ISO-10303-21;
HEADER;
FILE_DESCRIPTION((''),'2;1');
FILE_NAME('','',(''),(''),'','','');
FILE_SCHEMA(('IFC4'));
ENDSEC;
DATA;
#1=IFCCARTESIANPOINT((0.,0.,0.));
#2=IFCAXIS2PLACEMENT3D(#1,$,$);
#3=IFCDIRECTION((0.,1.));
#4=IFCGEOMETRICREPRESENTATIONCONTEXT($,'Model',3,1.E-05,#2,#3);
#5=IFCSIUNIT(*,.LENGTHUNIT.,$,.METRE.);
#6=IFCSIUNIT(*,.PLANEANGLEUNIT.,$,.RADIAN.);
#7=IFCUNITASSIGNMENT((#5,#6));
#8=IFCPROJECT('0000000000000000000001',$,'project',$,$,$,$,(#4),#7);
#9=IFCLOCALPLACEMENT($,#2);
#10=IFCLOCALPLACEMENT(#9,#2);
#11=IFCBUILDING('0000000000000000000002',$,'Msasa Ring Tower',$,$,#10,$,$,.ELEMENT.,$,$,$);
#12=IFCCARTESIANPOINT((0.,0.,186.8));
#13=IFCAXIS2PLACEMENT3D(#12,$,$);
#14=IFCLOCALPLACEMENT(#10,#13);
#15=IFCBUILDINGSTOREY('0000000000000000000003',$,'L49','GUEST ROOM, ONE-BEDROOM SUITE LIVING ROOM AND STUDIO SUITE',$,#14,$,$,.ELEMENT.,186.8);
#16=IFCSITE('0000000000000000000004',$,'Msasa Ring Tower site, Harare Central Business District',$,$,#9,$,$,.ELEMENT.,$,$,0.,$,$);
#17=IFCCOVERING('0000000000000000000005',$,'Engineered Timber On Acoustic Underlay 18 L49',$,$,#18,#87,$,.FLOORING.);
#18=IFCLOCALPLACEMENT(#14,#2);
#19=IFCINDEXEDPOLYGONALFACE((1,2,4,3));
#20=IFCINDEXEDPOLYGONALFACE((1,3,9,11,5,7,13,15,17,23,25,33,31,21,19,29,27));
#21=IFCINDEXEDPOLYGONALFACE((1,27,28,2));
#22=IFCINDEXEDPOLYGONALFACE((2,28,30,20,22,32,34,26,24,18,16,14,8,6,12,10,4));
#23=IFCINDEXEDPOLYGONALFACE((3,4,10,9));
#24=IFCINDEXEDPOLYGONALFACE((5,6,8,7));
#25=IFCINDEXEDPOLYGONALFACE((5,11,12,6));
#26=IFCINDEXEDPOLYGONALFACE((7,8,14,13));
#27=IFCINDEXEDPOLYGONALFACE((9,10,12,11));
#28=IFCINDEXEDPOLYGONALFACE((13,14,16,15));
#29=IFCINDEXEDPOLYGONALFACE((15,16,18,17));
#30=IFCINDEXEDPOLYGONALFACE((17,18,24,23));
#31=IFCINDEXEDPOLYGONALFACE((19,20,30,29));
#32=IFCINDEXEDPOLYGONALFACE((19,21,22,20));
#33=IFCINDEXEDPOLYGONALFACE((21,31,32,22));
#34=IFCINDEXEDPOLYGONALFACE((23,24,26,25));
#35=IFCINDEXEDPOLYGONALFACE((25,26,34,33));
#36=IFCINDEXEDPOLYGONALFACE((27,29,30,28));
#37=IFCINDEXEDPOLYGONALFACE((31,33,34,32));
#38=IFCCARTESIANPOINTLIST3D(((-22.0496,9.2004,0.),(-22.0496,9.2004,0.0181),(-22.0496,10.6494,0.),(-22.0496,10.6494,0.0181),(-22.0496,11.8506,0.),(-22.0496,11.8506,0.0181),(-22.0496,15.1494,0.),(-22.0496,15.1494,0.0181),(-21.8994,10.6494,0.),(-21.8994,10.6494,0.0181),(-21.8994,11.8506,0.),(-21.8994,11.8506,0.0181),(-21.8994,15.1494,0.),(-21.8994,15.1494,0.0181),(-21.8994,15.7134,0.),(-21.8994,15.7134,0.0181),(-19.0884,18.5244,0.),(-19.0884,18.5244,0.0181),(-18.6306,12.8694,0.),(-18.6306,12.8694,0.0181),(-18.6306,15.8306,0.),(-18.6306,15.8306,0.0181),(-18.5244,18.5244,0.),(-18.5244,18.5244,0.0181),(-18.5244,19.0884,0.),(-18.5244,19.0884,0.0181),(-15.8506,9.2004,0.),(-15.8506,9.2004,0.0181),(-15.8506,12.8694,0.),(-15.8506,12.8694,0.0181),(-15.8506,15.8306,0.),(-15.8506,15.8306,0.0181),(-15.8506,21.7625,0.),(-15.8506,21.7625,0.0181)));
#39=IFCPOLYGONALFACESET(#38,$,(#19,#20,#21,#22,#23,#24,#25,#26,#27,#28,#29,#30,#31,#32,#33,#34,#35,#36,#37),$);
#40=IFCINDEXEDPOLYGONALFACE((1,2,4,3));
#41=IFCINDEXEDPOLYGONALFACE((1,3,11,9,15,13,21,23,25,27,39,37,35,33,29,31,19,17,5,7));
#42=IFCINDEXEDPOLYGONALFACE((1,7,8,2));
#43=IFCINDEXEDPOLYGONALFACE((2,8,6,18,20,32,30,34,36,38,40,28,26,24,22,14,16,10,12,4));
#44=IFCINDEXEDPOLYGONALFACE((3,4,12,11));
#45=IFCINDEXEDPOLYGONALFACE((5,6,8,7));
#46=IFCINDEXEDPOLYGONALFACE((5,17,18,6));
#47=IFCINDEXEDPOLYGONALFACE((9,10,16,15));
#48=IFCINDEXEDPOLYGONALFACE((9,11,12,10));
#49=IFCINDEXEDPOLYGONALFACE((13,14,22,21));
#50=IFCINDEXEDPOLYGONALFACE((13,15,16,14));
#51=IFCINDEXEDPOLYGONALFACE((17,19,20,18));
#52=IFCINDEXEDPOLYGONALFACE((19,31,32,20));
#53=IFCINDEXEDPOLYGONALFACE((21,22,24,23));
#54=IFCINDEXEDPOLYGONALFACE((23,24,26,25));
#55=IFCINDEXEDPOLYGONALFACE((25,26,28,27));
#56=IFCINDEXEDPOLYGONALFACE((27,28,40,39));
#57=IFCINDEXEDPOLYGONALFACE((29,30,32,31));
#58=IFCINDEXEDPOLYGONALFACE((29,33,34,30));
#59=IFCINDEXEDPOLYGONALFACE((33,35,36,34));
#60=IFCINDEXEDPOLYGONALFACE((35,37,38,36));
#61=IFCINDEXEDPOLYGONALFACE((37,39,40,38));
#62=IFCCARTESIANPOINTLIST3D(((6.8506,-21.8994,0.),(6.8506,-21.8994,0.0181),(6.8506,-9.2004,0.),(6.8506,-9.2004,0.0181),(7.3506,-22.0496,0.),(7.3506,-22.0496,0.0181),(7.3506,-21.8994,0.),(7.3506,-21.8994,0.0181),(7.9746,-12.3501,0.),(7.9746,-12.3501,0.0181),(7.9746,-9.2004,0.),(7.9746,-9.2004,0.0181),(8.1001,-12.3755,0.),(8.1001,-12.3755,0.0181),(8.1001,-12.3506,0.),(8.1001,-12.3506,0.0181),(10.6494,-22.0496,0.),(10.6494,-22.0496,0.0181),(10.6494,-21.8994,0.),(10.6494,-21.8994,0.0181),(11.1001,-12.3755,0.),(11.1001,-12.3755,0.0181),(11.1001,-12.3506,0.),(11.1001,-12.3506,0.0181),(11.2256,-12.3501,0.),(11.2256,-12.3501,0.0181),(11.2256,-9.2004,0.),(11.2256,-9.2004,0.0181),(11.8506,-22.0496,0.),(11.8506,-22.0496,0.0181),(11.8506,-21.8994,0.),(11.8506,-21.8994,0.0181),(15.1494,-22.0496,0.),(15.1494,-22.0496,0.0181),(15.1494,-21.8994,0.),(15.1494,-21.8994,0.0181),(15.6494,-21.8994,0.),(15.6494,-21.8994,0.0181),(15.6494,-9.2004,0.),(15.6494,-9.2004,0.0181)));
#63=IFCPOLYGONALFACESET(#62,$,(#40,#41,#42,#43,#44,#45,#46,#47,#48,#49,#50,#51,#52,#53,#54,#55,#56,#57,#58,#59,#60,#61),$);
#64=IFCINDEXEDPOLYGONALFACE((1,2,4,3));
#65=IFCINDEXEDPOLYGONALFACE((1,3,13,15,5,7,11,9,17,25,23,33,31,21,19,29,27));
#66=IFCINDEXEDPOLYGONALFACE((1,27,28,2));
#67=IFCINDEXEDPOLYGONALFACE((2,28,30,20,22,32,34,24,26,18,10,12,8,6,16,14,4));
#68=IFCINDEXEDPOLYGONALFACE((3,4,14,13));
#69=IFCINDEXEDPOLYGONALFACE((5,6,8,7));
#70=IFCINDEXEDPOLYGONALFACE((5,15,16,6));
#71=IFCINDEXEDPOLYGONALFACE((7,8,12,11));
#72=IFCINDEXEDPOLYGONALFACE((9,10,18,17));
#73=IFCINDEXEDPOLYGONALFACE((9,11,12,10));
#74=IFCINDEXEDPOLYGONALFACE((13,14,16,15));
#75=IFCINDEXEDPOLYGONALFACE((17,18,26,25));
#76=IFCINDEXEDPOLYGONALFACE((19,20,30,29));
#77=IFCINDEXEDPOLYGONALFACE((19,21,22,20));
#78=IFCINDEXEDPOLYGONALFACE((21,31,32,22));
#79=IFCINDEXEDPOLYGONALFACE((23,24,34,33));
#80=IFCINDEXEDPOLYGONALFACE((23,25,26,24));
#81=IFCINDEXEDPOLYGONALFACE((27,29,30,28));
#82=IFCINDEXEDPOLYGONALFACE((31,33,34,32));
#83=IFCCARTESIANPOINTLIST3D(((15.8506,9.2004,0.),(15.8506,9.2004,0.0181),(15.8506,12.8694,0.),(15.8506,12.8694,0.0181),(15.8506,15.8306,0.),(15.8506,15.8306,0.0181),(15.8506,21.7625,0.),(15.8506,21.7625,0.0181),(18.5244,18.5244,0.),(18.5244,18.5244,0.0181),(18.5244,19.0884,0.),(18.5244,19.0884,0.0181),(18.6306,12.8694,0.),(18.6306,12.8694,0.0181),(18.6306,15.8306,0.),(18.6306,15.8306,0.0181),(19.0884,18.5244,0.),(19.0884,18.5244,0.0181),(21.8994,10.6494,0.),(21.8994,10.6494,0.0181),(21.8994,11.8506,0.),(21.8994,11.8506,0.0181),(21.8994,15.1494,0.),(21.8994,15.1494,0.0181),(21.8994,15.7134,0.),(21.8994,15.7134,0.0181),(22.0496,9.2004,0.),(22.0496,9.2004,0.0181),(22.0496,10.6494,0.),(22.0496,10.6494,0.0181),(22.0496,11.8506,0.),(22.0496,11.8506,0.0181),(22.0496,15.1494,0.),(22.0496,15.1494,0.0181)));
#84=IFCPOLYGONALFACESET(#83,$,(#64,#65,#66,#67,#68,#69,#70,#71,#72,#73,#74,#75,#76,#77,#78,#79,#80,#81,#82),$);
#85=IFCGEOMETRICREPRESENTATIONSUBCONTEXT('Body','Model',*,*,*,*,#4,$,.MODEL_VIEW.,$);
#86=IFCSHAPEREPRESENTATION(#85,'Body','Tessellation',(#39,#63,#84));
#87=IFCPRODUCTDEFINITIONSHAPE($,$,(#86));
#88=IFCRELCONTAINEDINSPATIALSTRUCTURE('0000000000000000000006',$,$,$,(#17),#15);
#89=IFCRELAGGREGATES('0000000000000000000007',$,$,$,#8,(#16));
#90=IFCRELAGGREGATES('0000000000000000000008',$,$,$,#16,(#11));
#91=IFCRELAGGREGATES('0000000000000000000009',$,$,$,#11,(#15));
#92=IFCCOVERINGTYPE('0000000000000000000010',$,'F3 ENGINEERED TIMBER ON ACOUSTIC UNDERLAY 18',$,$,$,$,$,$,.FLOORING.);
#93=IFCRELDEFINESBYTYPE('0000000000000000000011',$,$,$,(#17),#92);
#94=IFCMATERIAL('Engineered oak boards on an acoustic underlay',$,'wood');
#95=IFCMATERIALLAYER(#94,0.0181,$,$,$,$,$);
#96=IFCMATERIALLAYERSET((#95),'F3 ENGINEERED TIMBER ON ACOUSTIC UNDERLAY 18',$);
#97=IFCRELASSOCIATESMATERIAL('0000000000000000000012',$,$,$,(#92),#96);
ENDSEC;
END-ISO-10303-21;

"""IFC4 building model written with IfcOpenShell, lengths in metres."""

from ifc_helpers import new_model, si_unit, direction, frame, origin, place, context, subcontext, project, spatial, line, indexed_curve, outline, extrude, material, layer, layer_set, type_object, element, save


model = new_model("IFC4")

# Units and contexts
model_context = context("Model", 3, precision=1e-05, world=origin(), true_north=direction((0.0, 1.0)))
body_context = subcontext(model_context, "Body", "Model", "MODEL_VIEW")
ifc_project = project(units=[si_unit("LENGTHUNIT", "METRE"), si_unit("PLANEANGLEUNIT", "RADIAN")], contexts=[model_context])

# Site, building, storey
site_placement = place(None, origin())
site = spatial("IfcSite", under=ifc_project, at=site_placement, Name="Msasa Ring Tower site, Harare Central Business District", CompositionType="ELEMENT", RefElevation=0.0)
building_placement = place(site_placement, origin())
building = spatial("IfcBuilding", under=site, at=building_placement, Name="Msasa Ring Tower", CompositionType="ELEMENT")
storey_placement = place(building_placement, frame((0.0, 0.0, 186.8)))
storey = spatial("IfcBuildingStorey", under=building, at=storey_placement, Name="L49", Description="GUEST ROOM, ONE-BEDROOM SUITE LIVING ROOM AND STUDIO SUITE", CompositionType="ELEMENT", Elevation=186.8)

# Covering
ifc_material_1 = material(Name="Engineered oak boards on an acoustic underlay", Category="wood")
ifc_layer_1 = layer(ifc_material_1, 0.0181)
ifc_layer_set_1 = layer_set([ifc_layer_1], Name="F3 ENGINEERED TIMBER ON ACOUSTIC UNDERLAY 18")
covering_type_1 = type_object("IfcCoveringType", Name="F3 ENGINEERED TIMBER ON ACOUSTIC UNDERLAY 18", PredefinedType="FLOORING", material=ifc_layer_set_1)
covering_1_placement = place(storey_placement, origin())
element("IfcCovering", 1, at=covering_1_placement, inside=storey, type_object=covering_type_1, Name="Engineered Timber On Acoustic Underlay 18 L49", PredefinedType="FLOORING", context=body_context, shape_type="SweptSolid", body=[
    extrude(outline(indexed_curve([(-18.6306, 15.8306), (-18.6306, 12.8694), (-15.8506, 12.8694), (-15.8506, 9.2004), (-22.0496, 9.2004), (-22.0496, 10.6494), (-21.8994, 10.6494), (-21.8994, 11.8506), (-22.0496, 11.8506), (-22.0496, 15.1494), (-21.8994, 15.1494), (-21.8994, 15.7134), (-19.0884, 18.5244), (-18.5244, 18.5244), (-18.5244, 19.0884), (-15.8506, 21.7625), (-15.8506, 15.8306)], segments=[line(1, 2, 3, 4, 5, 6, 7, 8, 9, 10, 11, 12, 13, 14, 15, 16, 17, 1)], self_intersect=False)), origin(), (0.0, 0.0, 1.0), 0.0181),
    extrude(outline(indexed_curve([(6.8506, -9.2004), (7.9746, -9.2004), (7.9746, -12.3501), (8.1001, -12.3506), (8.1001, -12.3755), (11.1001, -12.3755), (11.1001, -12.3506), (11.2256, -12.3501), (11.2256, -9.2004), (15.6494, -9.2004), (15.6494, -21.8994), (15.1494, -21.8994), (15.1494, -22.0496), (11.8506, -22.0496), (11.8506, -21.8994), (10.6494, -21.8994), (10.6494, -22.0496), (7.3506, -22.0496), (7.3506, -21.8994), (6.8506, -21.8994)], segments=[line(1, 2, 3, 4, 5, 6, 7, 8, 9, 10, 11, 12, 13, 14, 15, 16, 17, 18, 19, 20, 1)], self_intersect=False)), origin(), (0.0, 0.0, 1.0), 0.0181),
    extrude(outline(indexed_curve([(15.8506, 15.8306), (15.8506, 21.7625), (18.5244, 19.0884), (18.5244, 18.5244), (19.0884, 18.5244), (21.8994, 15.7134), (21.8994, 15.1494), (22.0496, 15.1494), (22.0496, 11.8506), (21.8994, 11.8506), (21.8994, 10.6494), (22.0496, 10.6494), (22.0496, 9.2004), (15.8506, 9.2004), (15.8506, 12.8694), (18.6306, 12.8694), (18.6306, 15.8306)], segments=[line(1, 2, 3, 4, 5, 6, 7, 8, 9, 10, 11, 12, 13, 14, 15, 16, 17, 1)], self_intersect=False)), origin(), (0.0, 0.0, 1.0), 0.0181),
])

save(model, "model.ifc")
